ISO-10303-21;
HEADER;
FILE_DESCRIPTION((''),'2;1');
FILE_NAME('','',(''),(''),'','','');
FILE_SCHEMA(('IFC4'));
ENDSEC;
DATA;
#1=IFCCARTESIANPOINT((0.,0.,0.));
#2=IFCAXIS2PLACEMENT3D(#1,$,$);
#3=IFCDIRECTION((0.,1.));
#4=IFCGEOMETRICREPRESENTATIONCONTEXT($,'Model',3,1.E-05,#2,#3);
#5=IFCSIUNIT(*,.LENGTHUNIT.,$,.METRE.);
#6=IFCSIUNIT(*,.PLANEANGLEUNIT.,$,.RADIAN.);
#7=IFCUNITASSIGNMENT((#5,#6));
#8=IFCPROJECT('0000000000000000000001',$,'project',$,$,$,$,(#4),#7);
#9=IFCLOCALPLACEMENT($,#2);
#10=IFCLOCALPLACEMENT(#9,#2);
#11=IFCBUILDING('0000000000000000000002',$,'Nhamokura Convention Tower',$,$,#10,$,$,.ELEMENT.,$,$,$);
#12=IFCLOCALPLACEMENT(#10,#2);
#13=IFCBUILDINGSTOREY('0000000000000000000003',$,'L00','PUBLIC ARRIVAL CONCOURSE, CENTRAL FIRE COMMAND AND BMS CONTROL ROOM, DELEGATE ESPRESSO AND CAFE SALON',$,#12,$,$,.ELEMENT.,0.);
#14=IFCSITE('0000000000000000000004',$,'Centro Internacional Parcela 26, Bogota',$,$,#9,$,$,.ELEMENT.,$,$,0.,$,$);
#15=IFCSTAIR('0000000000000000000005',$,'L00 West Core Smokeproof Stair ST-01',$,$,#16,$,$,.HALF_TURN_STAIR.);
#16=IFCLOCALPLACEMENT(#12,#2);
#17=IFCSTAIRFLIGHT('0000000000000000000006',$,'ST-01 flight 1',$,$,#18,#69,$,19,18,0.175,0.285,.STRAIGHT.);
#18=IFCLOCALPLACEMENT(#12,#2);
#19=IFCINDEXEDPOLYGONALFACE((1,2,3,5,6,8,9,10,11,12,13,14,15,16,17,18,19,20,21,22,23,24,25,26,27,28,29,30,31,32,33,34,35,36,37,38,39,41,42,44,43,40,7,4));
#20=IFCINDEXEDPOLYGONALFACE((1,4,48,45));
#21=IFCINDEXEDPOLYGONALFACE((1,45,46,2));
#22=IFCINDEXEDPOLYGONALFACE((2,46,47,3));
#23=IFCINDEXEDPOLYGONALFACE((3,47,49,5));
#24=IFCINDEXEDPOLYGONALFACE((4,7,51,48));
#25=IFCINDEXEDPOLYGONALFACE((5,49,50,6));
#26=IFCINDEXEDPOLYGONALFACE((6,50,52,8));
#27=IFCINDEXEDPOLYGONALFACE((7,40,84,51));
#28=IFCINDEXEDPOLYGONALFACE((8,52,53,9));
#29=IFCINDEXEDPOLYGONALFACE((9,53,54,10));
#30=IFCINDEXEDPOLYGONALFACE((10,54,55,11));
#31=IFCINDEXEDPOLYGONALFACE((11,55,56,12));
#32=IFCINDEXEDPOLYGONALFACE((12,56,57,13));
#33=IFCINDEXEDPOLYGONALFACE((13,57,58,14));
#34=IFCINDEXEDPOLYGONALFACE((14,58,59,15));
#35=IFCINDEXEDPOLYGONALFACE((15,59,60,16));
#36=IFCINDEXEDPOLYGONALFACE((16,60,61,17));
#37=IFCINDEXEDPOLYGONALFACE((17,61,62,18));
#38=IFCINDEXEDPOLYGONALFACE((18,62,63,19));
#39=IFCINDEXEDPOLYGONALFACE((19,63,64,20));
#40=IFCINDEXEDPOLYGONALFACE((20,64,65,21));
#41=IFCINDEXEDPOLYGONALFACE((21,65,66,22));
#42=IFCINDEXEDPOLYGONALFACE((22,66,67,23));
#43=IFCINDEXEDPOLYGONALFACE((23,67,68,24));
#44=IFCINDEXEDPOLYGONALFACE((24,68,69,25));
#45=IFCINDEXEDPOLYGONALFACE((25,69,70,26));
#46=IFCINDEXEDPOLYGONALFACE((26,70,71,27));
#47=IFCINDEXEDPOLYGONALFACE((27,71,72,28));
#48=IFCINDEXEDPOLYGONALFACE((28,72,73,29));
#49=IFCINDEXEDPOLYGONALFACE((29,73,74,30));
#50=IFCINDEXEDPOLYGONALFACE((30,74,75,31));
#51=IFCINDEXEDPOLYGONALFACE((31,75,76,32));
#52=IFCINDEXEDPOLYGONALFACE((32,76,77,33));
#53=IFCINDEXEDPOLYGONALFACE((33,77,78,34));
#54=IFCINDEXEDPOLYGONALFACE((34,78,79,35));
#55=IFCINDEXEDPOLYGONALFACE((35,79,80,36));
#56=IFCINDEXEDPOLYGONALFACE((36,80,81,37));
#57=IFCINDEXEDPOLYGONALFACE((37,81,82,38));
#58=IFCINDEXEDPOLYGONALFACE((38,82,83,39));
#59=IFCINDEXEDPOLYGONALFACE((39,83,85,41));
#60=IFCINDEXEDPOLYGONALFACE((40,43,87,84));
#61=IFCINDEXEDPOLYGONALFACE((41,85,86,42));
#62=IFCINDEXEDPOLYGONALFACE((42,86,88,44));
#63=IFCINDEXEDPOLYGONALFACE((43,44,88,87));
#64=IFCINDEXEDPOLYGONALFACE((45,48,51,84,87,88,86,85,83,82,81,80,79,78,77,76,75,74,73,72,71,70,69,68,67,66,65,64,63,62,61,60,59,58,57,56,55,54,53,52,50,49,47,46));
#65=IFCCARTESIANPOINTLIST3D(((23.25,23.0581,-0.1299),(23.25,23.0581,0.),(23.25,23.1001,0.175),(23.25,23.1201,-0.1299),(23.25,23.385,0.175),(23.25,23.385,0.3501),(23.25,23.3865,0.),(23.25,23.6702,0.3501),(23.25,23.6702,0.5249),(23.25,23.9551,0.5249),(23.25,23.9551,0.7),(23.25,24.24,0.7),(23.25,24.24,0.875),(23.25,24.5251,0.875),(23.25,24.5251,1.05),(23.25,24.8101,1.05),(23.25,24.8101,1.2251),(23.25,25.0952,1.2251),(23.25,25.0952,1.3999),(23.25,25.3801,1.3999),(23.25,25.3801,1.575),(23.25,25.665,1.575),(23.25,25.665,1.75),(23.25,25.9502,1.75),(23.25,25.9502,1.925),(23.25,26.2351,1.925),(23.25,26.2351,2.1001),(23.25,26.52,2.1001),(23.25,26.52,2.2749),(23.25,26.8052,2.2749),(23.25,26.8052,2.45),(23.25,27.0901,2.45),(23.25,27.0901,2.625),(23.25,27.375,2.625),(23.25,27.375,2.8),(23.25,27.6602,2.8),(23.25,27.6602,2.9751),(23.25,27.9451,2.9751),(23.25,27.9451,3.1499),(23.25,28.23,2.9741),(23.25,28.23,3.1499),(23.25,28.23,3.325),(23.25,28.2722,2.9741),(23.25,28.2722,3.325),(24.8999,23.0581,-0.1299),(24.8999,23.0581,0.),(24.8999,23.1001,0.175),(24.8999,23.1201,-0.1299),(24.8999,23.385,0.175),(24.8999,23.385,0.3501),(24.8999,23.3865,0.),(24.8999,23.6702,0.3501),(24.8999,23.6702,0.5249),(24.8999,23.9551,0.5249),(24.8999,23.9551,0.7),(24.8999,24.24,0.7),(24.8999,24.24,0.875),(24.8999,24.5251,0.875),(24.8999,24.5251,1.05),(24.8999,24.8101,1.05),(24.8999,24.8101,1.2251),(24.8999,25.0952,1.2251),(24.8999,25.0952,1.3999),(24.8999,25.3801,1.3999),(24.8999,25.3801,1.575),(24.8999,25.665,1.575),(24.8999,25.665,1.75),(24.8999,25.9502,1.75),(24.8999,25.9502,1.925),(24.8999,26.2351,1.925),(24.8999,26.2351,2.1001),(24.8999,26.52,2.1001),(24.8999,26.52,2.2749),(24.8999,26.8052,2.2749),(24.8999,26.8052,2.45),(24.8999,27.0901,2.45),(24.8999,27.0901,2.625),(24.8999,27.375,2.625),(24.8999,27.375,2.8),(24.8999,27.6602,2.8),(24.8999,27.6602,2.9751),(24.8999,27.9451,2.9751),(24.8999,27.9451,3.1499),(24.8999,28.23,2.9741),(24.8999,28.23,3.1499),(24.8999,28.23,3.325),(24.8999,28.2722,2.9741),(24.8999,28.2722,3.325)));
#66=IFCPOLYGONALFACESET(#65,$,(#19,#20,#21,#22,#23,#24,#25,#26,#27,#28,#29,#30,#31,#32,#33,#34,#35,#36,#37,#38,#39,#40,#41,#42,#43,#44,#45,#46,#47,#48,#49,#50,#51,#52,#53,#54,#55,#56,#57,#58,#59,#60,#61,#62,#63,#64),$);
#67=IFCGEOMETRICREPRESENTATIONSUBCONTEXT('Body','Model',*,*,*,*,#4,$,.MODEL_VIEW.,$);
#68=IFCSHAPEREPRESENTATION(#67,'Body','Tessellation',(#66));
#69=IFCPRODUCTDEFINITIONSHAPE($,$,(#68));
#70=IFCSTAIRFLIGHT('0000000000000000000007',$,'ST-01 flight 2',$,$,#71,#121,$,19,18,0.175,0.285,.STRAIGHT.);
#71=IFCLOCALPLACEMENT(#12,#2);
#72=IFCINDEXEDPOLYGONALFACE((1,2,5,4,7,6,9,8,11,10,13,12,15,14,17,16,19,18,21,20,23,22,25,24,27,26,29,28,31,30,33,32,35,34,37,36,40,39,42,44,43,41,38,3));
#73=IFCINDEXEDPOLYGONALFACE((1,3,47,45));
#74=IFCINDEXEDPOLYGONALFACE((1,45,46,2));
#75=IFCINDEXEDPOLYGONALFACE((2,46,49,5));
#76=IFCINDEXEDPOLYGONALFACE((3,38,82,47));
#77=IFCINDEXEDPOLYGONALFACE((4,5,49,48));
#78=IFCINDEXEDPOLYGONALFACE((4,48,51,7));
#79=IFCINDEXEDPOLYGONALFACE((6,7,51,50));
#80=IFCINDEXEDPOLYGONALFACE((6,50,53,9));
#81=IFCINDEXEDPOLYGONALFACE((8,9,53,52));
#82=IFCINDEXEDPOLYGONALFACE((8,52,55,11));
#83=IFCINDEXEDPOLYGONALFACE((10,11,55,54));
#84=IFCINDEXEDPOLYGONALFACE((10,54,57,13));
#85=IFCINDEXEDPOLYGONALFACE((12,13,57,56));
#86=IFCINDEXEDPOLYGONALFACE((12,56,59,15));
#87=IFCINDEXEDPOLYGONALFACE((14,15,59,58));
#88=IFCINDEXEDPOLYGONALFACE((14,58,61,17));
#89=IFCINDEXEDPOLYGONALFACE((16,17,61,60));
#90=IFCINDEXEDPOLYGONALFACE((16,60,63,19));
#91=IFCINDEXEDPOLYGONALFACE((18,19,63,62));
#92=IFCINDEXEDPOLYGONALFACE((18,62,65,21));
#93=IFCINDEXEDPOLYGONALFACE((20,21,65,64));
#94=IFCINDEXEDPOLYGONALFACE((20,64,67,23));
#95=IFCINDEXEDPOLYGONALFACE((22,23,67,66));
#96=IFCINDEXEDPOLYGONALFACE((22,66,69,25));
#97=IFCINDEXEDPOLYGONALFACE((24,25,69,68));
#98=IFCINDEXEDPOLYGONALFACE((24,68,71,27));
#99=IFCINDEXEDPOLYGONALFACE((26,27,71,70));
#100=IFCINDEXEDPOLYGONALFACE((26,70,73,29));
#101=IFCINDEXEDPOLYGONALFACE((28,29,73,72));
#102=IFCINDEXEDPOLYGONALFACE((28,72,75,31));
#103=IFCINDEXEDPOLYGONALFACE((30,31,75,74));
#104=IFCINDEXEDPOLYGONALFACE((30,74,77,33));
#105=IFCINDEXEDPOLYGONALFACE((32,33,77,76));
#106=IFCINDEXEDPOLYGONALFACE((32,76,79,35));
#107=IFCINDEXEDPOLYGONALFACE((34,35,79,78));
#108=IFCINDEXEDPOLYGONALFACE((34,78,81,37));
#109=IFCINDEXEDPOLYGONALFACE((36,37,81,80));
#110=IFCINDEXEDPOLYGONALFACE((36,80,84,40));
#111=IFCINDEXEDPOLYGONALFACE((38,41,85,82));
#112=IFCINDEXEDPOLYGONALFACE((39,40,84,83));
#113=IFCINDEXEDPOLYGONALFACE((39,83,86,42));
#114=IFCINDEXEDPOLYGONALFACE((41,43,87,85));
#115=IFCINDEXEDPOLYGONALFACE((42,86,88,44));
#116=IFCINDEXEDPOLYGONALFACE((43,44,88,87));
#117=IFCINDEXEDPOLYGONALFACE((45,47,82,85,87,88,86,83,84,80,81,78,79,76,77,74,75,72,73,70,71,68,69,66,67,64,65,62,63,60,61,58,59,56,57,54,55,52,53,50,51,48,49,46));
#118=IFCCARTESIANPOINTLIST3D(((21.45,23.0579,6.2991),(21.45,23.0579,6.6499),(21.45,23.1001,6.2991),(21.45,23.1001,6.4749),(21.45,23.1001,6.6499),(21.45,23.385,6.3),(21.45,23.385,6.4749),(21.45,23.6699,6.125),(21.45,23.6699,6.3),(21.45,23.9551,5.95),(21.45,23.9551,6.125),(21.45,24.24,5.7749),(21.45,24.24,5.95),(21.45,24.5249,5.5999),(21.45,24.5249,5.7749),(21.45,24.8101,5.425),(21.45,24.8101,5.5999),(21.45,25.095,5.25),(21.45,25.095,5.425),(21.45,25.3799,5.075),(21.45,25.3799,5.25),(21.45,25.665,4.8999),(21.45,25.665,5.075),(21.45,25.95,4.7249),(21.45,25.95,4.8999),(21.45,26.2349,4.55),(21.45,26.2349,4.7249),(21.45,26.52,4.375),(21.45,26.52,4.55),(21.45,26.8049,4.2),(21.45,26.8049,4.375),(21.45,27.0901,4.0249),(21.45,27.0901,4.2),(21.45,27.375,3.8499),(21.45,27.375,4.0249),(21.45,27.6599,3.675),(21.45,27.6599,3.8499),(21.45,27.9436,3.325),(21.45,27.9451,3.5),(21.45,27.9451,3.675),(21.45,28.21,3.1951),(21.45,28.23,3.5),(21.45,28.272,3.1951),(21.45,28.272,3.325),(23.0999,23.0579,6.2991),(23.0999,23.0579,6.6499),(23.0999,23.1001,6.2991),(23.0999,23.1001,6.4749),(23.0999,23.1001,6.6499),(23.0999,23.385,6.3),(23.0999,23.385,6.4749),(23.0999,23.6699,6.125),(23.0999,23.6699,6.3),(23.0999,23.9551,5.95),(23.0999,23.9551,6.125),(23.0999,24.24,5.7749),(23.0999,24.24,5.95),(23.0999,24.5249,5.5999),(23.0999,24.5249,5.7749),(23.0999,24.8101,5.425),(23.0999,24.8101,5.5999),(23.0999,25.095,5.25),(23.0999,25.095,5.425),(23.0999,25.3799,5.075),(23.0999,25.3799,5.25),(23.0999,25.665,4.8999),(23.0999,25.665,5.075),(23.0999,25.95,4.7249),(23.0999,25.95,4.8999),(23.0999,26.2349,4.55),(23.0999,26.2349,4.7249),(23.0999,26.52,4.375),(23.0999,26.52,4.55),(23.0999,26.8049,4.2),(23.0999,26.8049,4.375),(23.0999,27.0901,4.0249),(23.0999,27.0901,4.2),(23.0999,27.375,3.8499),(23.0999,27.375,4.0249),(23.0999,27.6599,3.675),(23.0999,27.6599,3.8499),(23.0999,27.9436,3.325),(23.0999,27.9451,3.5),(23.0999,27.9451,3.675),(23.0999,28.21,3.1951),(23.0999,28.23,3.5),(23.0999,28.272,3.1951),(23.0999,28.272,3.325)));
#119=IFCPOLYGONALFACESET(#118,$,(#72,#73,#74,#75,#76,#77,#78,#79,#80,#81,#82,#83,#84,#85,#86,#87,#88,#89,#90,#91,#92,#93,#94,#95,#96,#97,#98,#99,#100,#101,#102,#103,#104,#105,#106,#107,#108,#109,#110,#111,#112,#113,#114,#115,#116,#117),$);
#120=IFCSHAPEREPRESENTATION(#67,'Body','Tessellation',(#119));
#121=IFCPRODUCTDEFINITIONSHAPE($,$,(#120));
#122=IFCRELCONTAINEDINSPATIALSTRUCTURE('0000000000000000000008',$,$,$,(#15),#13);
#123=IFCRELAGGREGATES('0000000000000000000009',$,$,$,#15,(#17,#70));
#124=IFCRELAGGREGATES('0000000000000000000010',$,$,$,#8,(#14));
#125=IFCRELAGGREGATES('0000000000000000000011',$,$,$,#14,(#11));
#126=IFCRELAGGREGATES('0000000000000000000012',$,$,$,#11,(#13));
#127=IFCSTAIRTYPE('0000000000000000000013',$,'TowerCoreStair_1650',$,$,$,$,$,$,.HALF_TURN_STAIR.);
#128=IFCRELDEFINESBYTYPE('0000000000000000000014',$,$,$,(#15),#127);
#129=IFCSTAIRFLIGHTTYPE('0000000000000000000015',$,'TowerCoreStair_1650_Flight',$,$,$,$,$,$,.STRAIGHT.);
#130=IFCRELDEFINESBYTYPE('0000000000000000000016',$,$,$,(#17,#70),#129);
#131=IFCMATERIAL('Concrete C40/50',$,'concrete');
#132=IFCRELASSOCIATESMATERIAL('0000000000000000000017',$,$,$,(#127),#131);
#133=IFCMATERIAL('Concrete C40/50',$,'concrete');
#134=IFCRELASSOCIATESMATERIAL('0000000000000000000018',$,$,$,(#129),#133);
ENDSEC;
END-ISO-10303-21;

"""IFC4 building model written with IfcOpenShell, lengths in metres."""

from ifc_helpers import new_model, si_unit, direction, frame, origin, place, context, subcontext, project, spatial, polyline, outline, extrude, material, type_object, element, aggregate, save


model = new_model("IFC4")

# Units and contexts
model_context = context("Model", 3, precision=1e-05, world=origin(), true_north=direction((0.0, 1.0)))
body_context = subcontext(model_context, "Body", "Model", "MODEL_VIEW")
ifc_project = project(units=[si_unit("LENGTHUNIT", "METRE"), si_unit("PLANEANGLEUNIT", "RADIAN")], contexts=[model_context])

# Site, building, storey
site_placement = place(None, origin())
site = spatial("IfcSite", under=ifc_project, at=site_placement, Name="Centro Internacional Parcela 26, Bogota", CompositionType="ELEMENT", RefElevation=0.0)
building_placement = place(site_placement, origin())
building = spatial("IfcBuilding", under=site, at=building_placement, Name="Nhamokura Convention Tower", CompositionType="ELEMENT")
storey_placement = place(building_placement, origin())
storey = spatial("IfcBuildingStorey", under=building, at=storey_placement, Name="L00", Description="PUBLIC ARRIVAL CONCOURSE, CENTRAL FIRE COMMAND AND BMS CONTROL ROOM, DELEGATE ESPRESSO AND CAFE SALON", CompositionType="ELEMENT", Elevation=0.0)

# Stair, stair flights
ifc_material_1 = material(Name="Concrete C40/50", Category="concrete")
stair_type = type_object("IfcStairType", Name="TowerCoreStair_1650", PredefinedType="HALF_TURN_STAIR", material=ifc_material_1)
stair_placement = place(storey_placement, origin())
stair = element("IfcStair", 1, at=stair_placement, inside=storey, type_object=stair_type, Name="L00 West Core Smokeproof Stair ST-01", PredefinedType="HALF_TURN_STAIR")
ifc_material_2 = material(Name="Concrete C40/50", Category="concrete")
stair_flight_type = type_object("IfcStairFlightType", Name="TowerCoreStair_1650_Flight", PredefinedType="STRAIGHT", material=ifc_material_2)
stair_flight_1_placement = place(storey_placement, frame((24.075, 23.1001, 0.0), z_axis=(0.0, 0.0, 1.0), x_axis=(0.0, 1.0, 0.0)))
stair_flight_1 = element("IfcStairFlight", 2, at=stair_flight_1_placement, type_object=stair_flight_type, Name="ST-01 flight 1", NumberOfRisers=19, NumberOfTreads=18, PredefinedType="STRAIGHT", RiserHeight=0.175, TreadLength=0.285, context=body_context, shape_type="SweptSolid", body=[
    extrude(outline(polyline([(-0.042, 0.0), (0.0, 0.175), (0.2849, 0.175), (0.2849, 0.3501), (0.5701, 0.3501), (0.5701, 0.5249), (0.855, 0.5249), (0.855, 0.7), (1.1399, 0.7), (1.1399, 0.875), (1.425, 0.875), (1.425, 1.05), (1.71, 1.05), (1.71, 1.2251), (1.9951, 1.2251), (1.9951, 1.3999), (2.28, 1.3999), (2.28, 1.575), (2.5649, 1.575), (2.5649, 1.75), (2.8501, 1.75), (2.8501, 1.925), (3.135, 1.925), (3.135, 2.1001), (3.4199, 2.1001), (3.4199, 2.2749), (3.7051, 2.2749), (3.7051, 2.45), (3.99, 2.45), (3.99, 2.625), (4.2749, 2.625), (4.2749, 2.8), (4.5601, 2.8), (4.5601, 2.9751), (4.845, 2.9751), (4.845, 3.1499), (5.1299, 3.1499), (5.1299, 3.325), (5.1721, 3.325), (5.1721, 2.9741), (5.1299, 2.9741), (0.2864, 0.0), (0.02, -0.1299), (-0.042, -0.1299), (-0.042, 0.0)])), frame((0.0, 0.825, 0.0), z_axis=(0.0, -1.0, 0.0), x_axis=(1.0, 0.0, 0.0)), (0.0, 0.0, 1.0), 1.6499),
])
stair_flight_2_placement = place(storey_placement, frame((22.2749, 28.23, 3.325), z_axis=(0.0, 0.0, 1.0), x_axis=(0.0, -1.0, 0.0)))
stair_flight_2 = element("IfcStairFlight", 3, at=stair_flight_2_placement, type_object=stair_flight_type, Name="ST-01 flight 2", NumberOfRisers=19, NumberOfTreads=18, PredefinedType="STRAIGHT", RiserHeight=0.175, TreadLength=0.285, context=body_context, shape_type="SweptSolid", body=[
    extrude(outline(polyline([(-0.042, 0.0), (0.0, 0.175), (0.2849, 0.175), (0.2849, 0.3501), (0.5701, 0.3501), (0.5701, 0.5249), (0.855, 0.5249), (0.855, 0.7), (1.1399, 0.7), (1.1399, 0.875), (1.425, 0.875), (1.425, 1.05), (1.71, 1.05), (1.71, 1.2251), (1.9951, 1.2251), (1.9951, 1.3999), (2.28, 1.3999), (2.28, 1.575), (2.5649, 1.575), (2.5649, 1.75), (2.8501, 1.75), (2.8501, 1.925), (3.135, 1.925), (3.135, 2.1001), (3.4199, 2.1001), (3.4199, 2.2749), (3.7051, 2.2749), (3.7051, 2.45), (3.99, 2.45), (3.99, 2.625), (4.2749, 2.625), (4.2749, 2.8), (4.5601, 2.8), (4.5601, 2.9751), (4.845, 2.9751), (4.845, 3.1499), (5.1299, 3.1499), (5.1299, 3.325), (5.1721, 3.325), (5.1721, 2.9741), (5.1299, 2.9741), (0.2864, 0.0), (0.02, -0.1299), (-0.042, -0.1299), (-0.042, 0.0)])), frame((0.0, 0.825, 0.0), z_axis=(0.0, -1.0, 0.0), x_axis=(1.0, 0.0, 0.0)), (0.0, 0.0, 1.0), 1.6499),
])
aggregate(stair, [stair_flight_1, stair_flight_2])

save(model, "model.ifc")
